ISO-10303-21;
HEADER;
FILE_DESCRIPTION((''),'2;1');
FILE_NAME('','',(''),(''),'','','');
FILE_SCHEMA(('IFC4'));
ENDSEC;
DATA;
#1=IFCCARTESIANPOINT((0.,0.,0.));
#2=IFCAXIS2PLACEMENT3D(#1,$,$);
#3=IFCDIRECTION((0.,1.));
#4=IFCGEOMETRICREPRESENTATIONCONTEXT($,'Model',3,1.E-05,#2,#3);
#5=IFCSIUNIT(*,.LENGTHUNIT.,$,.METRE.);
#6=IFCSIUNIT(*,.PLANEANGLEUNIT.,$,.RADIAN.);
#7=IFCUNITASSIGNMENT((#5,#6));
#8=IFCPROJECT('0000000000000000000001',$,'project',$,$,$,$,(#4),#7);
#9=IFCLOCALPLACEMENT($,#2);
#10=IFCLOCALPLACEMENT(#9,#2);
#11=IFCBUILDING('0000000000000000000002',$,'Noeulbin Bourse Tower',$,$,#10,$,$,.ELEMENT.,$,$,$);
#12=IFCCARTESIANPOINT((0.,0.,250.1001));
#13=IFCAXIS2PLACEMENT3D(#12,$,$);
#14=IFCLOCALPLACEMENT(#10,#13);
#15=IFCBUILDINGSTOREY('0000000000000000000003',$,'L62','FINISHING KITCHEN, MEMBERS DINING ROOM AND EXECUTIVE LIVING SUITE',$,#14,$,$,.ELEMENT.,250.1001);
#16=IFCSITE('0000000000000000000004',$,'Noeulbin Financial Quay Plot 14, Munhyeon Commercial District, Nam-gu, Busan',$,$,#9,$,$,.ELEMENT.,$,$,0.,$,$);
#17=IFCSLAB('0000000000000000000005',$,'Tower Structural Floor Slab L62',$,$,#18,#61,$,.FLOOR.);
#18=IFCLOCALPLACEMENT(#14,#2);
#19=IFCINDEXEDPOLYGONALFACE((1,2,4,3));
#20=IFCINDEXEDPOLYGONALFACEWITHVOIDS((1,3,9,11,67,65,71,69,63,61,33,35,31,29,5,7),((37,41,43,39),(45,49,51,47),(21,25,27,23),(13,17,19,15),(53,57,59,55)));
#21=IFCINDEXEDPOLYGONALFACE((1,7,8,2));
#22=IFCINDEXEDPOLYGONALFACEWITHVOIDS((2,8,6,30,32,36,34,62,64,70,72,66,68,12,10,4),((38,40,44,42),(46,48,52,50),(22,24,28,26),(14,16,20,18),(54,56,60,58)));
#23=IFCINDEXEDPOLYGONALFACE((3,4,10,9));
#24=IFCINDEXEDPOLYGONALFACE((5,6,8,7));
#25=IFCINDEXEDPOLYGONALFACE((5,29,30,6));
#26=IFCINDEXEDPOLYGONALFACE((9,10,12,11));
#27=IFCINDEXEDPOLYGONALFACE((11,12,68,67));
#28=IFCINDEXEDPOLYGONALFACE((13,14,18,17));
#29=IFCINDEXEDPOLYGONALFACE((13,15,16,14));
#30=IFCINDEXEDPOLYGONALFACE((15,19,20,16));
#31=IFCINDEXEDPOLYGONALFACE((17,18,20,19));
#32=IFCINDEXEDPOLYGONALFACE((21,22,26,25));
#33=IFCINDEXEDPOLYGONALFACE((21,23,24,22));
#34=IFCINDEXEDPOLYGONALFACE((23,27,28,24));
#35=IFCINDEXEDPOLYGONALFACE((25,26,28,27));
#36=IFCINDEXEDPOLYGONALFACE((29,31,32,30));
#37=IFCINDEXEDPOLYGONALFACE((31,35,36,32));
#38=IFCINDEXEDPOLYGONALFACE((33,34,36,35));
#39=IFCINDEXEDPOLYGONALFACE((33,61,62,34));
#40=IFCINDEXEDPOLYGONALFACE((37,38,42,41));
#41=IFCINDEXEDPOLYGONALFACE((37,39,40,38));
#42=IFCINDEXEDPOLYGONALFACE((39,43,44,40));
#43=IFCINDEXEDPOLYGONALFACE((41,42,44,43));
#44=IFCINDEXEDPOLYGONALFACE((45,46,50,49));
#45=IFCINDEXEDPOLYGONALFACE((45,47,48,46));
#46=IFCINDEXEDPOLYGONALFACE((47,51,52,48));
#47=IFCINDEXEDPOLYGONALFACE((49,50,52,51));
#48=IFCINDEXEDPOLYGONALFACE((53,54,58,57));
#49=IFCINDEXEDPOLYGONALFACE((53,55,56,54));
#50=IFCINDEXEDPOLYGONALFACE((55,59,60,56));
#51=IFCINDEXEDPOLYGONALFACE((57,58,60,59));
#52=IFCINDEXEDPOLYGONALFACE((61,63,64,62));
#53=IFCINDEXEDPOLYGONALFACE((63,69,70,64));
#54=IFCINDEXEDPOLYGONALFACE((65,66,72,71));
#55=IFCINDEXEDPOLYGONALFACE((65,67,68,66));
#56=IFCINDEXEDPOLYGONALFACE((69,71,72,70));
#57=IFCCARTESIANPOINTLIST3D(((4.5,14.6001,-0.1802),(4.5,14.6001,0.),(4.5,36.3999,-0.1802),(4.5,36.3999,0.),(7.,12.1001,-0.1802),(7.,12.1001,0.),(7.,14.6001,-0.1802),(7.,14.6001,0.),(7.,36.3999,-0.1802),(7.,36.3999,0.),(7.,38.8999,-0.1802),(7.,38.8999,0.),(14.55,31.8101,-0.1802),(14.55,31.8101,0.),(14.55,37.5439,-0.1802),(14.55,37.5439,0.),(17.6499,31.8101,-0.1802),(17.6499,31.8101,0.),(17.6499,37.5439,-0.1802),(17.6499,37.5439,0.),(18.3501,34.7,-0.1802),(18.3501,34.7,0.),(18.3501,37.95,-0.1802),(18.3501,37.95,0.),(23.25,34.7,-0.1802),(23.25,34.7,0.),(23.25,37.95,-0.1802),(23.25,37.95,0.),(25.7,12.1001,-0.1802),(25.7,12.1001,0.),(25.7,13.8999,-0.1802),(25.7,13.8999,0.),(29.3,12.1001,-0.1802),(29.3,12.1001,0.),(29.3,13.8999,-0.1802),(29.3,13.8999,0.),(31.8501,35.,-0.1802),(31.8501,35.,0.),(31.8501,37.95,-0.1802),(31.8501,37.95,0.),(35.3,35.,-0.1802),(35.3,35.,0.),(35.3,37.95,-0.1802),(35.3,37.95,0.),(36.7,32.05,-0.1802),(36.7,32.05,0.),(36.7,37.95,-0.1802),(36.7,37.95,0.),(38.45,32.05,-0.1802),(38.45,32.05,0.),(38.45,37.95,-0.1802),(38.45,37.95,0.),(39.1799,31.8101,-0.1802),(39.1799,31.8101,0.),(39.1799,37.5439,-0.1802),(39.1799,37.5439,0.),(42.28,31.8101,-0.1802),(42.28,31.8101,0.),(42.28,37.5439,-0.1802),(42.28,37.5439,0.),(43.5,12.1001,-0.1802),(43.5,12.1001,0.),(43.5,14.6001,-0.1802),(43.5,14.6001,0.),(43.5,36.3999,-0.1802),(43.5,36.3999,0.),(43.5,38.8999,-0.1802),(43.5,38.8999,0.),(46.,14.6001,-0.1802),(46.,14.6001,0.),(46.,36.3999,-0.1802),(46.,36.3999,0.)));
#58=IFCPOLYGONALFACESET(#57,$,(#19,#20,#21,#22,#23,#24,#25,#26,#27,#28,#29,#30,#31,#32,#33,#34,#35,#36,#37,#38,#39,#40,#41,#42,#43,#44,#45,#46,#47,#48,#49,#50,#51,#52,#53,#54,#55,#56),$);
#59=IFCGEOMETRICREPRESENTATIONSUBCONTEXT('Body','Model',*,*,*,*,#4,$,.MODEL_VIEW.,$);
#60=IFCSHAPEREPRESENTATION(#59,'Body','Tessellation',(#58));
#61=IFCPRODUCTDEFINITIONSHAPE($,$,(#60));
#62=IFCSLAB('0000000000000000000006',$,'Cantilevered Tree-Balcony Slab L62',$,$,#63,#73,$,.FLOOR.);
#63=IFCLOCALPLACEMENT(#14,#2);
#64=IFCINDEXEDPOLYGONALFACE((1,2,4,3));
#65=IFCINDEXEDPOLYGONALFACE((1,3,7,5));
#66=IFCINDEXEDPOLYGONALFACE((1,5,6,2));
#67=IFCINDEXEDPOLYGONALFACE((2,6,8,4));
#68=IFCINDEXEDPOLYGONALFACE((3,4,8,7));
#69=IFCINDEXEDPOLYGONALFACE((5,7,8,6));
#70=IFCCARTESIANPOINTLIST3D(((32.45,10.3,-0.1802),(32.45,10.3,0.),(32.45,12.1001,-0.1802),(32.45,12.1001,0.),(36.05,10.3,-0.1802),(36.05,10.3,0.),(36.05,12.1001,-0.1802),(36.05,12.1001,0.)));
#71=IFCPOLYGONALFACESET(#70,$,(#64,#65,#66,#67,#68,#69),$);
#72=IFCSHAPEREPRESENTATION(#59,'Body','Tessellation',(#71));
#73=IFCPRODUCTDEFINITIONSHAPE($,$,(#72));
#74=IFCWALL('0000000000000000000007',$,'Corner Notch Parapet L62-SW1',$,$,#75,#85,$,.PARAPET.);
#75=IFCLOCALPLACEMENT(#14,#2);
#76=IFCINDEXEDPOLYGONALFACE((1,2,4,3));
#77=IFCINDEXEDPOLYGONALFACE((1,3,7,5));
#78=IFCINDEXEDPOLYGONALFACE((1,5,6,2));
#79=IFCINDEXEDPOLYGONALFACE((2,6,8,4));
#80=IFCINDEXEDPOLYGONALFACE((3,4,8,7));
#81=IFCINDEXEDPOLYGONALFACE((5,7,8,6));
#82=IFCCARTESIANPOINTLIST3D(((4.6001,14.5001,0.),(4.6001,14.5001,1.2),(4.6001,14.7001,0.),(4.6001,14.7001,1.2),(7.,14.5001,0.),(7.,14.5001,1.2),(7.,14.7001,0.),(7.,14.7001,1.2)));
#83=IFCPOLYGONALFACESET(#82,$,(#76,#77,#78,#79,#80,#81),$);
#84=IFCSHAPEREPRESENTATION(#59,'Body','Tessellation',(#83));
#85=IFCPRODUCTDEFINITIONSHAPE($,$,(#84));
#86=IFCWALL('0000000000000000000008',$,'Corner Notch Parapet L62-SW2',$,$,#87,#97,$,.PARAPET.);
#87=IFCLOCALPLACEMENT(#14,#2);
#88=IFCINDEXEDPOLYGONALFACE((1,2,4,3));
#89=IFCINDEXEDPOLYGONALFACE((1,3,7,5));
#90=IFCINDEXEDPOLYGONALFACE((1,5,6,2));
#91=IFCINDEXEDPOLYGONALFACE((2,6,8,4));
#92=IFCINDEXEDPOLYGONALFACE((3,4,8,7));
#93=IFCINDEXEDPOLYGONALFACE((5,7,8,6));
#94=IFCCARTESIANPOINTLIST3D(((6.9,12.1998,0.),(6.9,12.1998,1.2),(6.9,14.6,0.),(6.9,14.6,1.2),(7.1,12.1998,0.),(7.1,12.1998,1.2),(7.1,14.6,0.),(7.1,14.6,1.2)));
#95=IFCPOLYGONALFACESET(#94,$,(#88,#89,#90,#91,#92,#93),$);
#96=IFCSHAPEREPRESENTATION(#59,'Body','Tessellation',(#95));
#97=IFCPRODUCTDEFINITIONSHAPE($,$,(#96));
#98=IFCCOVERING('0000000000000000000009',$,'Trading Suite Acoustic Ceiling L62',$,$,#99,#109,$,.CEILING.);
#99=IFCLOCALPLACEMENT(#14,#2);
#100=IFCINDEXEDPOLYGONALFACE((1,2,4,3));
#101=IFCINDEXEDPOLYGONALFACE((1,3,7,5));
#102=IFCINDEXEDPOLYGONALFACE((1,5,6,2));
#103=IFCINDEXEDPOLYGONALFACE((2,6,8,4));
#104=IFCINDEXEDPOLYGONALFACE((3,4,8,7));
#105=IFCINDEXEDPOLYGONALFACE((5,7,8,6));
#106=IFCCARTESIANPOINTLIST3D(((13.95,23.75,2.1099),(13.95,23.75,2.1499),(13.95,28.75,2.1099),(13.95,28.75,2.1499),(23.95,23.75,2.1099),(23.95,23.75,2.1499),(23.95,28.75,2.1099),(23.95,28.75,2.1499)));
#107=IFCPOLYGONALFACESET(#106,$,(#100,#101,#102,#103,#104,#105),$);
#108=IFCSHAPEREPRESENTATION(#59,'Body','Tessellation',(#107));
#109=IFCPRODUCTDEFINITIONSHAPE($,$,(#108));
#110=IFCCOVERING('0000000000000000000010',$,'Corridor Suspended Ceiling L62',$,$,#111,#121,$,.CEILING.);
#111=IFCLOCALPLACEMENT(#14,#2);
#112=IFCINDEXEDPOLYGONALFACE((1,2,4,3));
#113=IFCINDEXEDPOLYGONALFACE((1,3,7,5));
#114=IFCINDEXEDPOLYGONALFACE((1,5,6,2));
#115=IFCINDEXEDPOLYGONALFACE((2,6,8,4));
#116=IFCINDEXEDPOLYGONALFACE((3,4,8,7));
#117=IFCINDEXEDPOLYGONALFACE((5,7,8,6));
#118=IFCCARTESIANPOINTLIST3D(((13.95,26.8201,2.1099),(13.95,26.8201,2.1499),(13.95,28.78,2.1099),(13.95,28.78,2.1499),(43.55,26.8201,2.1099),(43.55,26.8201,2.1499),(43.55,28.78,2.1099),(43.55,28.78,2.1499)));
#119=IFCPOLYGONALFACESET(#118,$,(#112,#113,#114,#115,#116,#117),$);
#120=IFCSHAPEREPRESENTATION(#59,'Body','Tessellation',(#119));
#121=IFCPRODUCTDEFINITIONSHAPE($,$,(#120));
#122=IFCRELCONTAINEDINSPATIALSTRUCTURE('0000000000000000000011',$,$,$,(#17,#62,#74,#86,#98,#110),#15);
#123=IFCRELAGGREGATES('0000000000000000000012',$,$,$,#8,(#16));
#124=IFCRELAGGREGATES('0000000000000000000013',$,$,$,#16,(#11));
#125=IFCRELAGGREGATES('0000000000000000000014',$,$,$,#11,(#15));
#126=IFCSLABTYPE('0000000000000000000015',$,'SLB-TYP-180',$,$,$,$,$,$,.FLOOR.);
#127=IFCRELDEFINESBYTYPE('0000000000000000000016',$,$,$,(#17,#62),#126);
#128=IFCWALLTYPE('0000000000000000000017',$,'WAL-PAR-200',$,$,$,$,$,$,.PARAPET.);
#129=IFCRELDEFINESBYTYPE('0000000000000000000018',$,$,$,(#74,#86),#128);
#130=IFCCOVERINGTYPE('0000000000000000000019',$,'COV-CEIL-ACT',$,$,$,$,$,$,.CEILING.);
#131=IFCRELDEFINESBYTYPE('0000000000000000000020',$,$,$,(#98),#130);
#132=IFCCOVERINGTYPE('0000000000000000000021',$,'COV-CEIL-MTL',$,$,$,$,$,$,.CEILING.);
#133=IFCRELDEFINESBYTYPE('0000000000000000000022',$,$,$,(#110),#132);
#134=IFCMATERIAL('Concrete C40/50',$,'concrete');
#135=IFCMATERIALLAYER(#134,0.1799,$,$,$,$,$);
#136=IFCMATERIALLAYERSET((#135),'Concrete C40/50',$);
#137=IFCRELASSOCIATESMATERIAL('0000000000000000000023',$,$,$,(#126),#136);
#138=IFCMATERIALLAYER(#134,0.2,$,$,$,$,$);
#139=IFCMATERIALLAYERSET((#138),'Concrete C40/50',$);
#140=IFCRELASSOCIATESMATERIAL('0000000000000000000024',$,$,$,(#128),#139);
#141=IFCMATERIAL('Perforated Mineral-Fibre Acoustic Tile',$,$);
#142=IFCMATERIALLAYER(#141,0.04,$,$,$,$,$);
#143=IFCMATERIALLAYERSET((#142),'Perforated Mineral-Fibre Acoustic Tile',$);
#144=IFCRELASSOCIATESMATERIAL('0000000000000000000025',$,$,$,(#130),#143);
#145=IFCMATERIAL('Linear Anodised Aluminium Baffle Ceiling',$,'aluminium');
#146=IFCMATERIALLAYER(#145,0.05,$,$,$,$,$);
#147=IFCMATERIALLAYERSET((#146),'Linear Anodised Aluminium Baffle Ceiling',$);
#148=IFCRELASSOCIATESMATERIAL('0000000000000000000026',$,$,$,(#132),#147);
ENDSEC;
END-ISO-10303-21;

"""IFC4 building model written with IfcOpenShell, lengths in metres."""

from ifc_helpers import new_model, si_unit, direction, frame, frame_2d, origin, place, context, subcontext, project, spatial, polyline, rectangle, outline, extrude, material, layer, layer_set, type_object, element, save


model = new_model("IFC4")

# Units and contexts
model_context = context("Model", 3, precision=1e-05, world=origin(), true_north=direction((0.0, 1.0)))
body_context = subcontext(model_context, "Body", "Model", "MODEL_VIEW")
ifc_project = project(units=[si_unit("LENGTHUNIT", "METRE"), si_unit("PLANEANGLEUNIT", "RADIAN")], contexts=[model_context])

# Site, building, storey
site_placement = place(None, origin())
site = spatial("IfcSite", under=ifc_project, at=site_placement, Name="Noeulbin Financial Quay Plot 14, Munhyeon Commercial District, Nam-gu, Busan", CompositionType="ELEMENT", RefElevation=0.0)
building_placement = place(site_placement, origin())
building = spatial("IfcBuilding", under=site, at=building_placement, Name="Noeulbin Bourse Tower", CompositionType="ELEMENT")
storey_placement = place(building_placement, frame((0.0, 0.0, 250.1001)))
storey = spatial("IfcBuildingStorey", under=building, at=storey_placement, Name="L62", Description="FINISHING KITCHEN, MEMBERS DINING ROOM AND EXECUTIVE LIVING SUITE", CompositionType="ELEMENT", Elevation=250.1001)

# Shared definitions
ifc_material_1 = material(Name="Concrete C40/50", Category="concrete")

# Slab, openings
ifc_layer_1 = layer(ifc_material_1, 0.1799)
ifc_layer_set_1 = layer_set([ifc_layer_1], Name="Concrete C40/50")
slab_type_1 = type_object("IfcSlabType", Name="SLB-TYP-180", PredefinedType="FLOOR", material=ifc_layer_set_1)
slab_1_placement = place(storey_placement, frame((0.0, 0.0, -0.1802)))
slab_1 = element("IfcSlab", 1, at=slab_1_placement, inside=storey, type_object=slab_type_1, Name="Tower Structural Floor Slab L62", PredefinedType="FLOOR", context=body_context, shape_type="SweptSolid", body=[
    extrude(outline(polyline([(7.0, 12.1001), (25.7, 12.1001), (25.7, 13.8999), (29.3, 13.8999), (29.3, 12.1001), (43.5, 12.1001), (43.5, 14.6001), (46.0, 14.6001), (46.0, 36.3999), (43.5, 36.3999), (43.5, 38.8999), (7.0, 38.8999), (7.0, 36.3999), (4.5, 36.3999), (4.5, 14.6001), (7.0, 14.6001), (7.0, 12.1001)]), holes=[polyline([(17.6499, 31.8101), (17.6499, 37.5439), (14.55, 37.5439), (14.55, 31.8101), (17.6499, 31.8101)]), polyline([(42.28, 31.8101), (42.28, 37.5439), (39.1799, 37.5439), (39.1799, 31.8101), (42.28, 31.8101)]), polyline([(18.3501, 34.7), (23.25, 34.7), (23.25, 37.95), (18.3501, 37.95), (18.3501, 34.7)]), polyline([(36.7, 32.05), (38.45, 32.05), (38.45, 37.95), (36.7, 37.95), (36.7, 32.05)]), polyline([(31.8501, 35.0), (35.3, 35.0), (35.3, 37.95), (31.8501, 37.95), (31.8501, 35.0)])]), origin(), (0.0, 0.0, 1.0), 0.1802),
])
opening_1_placement = place(slab_1_placement, frame((0.0, 0.0, -0.01)))
element("IfcOpeningElement", 2, at=opening_1_placement, cuts=slab_1, PredefinedType="OPENING", context=body_context, shape_type="SweptSolid", body=[
    extrude(outline(polyline([(17.6499, 31.8101), (17.6499, 37.5439), (14.55, 37.5439), (14.55, 31.8101), (17.6499, 31.8101)])), origin(), (0.0, 0.0, 1.0), 0.2002),
])
opening_2_placement = place(slab_1_placement, frame((0.0, 0.0, -0.01)))
element("IfcOpeningElement", 3, at=opening_2_placement, cuts=slab_1, PredefinedType="OPENING", context=body_context, shape_type="SweptSolid", body=[
    extrude(outline(polyline([(42.28, 31.8101), (42.28, 37.5439), (39.1799, 37.5439), (39.1799, 31.8101), (42.28, 31.8101)])), origin(), (0.0, 0.0, 1.0), 0.2002),
])
opening_3_placement = place(slab_1_placement, frame((0.0, 0.0, -0.01)))
element("IfcOpeningElement", 4, at=opening_3_placement, cuts=slab_1, PredefinedType="OPENING", context=body_context, shape_type="SweptSolid", body=[
    extrude(outline(polyline([(18.3501, 34.7), (23.25, 34.7), (23.25, 37.95), (18.3501, 37.95), (18.3501, 34.7)])), origin(), (0.0, 0.0, 1.0), 0.2002),
])
opening_4_placement = place(slab_1_placement, frame((0.0, 0.0, -0.01)))
element("IfcOpeningElement", 5, at=opening_4_placement, cuts=slab_1, PredefinedType="OPENING", context=body_context, shape_type="SweptSolid", body=[
    extrude(outline(polyline([(36.7, 32.05), (38.45, 32.05), (38.45, 37.95), (36.7, 37.95), (36.7, 32.05)])), origin(), (0.0, 0.0, 1.0), 0.2002),
])
opening_5_placement = place(slab_1_placement, frame((0.0, 0.0, -0.01)))
element("IfcOpeningElement", 6, at=opening_5_placement, cuts=slab_1, PredefinedType="OPENING", context=body_context, shape_type="SweptSolid", body=[
    extrude(outline(polyline([(31.8501, 35.0), (35.3, 35.0), (35.3, 37.95), (31.8501, 37.95), (31.8501, 35.0)])), origin(), (0.0, 0.0, 1.0), 0.2002),
])

# Slab
slab_2_placement = place(storey_placement, frame((0.0, 0.0, -0.1802)))
element("IfcSlab", 7, at=slab_2_placement, inside=storey, type_object=slab_type_1, Name="Cantilevered Tree-Balcony Slab L62", PredefinedType="FLOOR", context=body_context, shape_type="SweptSolid", body=[
    extrude(outline(polyline([(32.45, 10.3), (36.05, 10.3), (36.05, 12.1001), (32.45, 12.1001), (32.45, 10.3)])), origin(), (0.0, 0.0, 1.0), 0.1802),
])

# Walls
ifc_layer_2 = layer(ifc_material_1, 0.2)
ifc_layer_set_2 = layer_set([ifc_layer_2], Name="Concrete C40/50")
wall_type = type_object("IfcWallType", Name="WAL-PAR-200", PredefinedType="PARAPET", material=ifc_layer_set_2)
wall_1_placement = place(storey_placement, frame((4.6001, 14.6001, 0.0), z_axis=(0.0, 0.0, 1.0), x_axis=(1.0, 0.0, 0.0)))
element("IfcWall", 8, at=wall_1_placement, inside=storey, type_object=wall_type, Name="Corner Notch Parapet L62-SW1", PredefinedType="PARAPET", context=body_context, shape_type="SweptSolid", body=[
    extrude(rectangle(XDim=2.3999, YDim=0.2, at=frame_2d((1.2, 0.0))), origin(), (0.0, 0.0, 1.0), 1.2),
])
wall_2_placement = place(storey_placement, frame((7.0, 14.6001, 0.0), z_axis=(0.0, 0.0, 1.0), x_axis=(0.0, -1.0, 0.0)))
element("IfcWall", 9, at=wall_2_placement, inside=storey, type_object=wall_type, Name="Corner Notch Parapet L62-SW2", PredefinedType="PARAPET", context=body_context, shape_type="SweptSolid", body=[
    extrude(rectangle(XDim=2.4001, YDim=0.2, at=frame_2d((1.2002, 0.0))), origin(), (0.0, 0.0, 1.0), 1.2),
])

# Coverings
ifc_material_2 = material(Name="Perforated Mineral-Fibre Acoustic Tile")
ifc_layer_3 = layer(ifc_material_2, 0.04)
ifc_layer_set_3 = layer_set([ifc_layer_3], Name="Perforated Mineral-Fibre Acoustic Tile")
covering_type_1 = type_object("IfcCoveringType", Name="COV-CEIL-ACT", PredefinedType="CEILING", material=ifc_layer_set_3)
covering_1_placement = place(storey_placement, frame((0.0, 0.0, 2.1099)))
element("IfcCovering", 10, at=covering_1_placement, inside=storey, type_object=covering_type_1, Name="Trading Suite Acoustic Ceiling L62", PredefinedType="CEILING", context=body_context, shape_type="SweptSolid", body=[
    extrude(outline(polyline([(13.95, 23.75), (23.95, 23.75), (23.95, 28.75), (13.95, 28.75), (13.95, 23.75)])), origin(), (0.0, 0.0, 1.0), 0.04),
])
ifc_material_3 = material(Name="Linear Anodised Aluminium Baffle Ceiling", Category="aluminium")
ifc_layer_4 = layer(ifc_material_3, 0.05)
ifc_layer_set_4 = layer_set([ifc_layer_4], Name="Linear Anodised Aluminium Baffle Ceiling")
covering_type_2 = type_object("IfcCoveringType", Name="COV-CEIL-MTL", PredefinedType="CEILING", material=ifc_layer_set_4)
covering_2_placement = place(storey_placement, frame((0.0, 0.0, 2.1099)))
element("IfcCovering", 11, at=covering_2_placement, inside=storey, type_object=covering_type_2, Name="Corridor Suspended Ceiling L62", PredefinedType="CEILING", context=body_context, shape_type="SweptSolid", body=[
    extrude(outline(polyline([(13.95, 26.8201), (43.55, 26.8201), (43.55, 28.78), (13.95, 28.78), (13.95, 26.8201)])), origin(), (0.0, 0.0, 1.0), 0.04),
])

save(model, "model.ifc")
